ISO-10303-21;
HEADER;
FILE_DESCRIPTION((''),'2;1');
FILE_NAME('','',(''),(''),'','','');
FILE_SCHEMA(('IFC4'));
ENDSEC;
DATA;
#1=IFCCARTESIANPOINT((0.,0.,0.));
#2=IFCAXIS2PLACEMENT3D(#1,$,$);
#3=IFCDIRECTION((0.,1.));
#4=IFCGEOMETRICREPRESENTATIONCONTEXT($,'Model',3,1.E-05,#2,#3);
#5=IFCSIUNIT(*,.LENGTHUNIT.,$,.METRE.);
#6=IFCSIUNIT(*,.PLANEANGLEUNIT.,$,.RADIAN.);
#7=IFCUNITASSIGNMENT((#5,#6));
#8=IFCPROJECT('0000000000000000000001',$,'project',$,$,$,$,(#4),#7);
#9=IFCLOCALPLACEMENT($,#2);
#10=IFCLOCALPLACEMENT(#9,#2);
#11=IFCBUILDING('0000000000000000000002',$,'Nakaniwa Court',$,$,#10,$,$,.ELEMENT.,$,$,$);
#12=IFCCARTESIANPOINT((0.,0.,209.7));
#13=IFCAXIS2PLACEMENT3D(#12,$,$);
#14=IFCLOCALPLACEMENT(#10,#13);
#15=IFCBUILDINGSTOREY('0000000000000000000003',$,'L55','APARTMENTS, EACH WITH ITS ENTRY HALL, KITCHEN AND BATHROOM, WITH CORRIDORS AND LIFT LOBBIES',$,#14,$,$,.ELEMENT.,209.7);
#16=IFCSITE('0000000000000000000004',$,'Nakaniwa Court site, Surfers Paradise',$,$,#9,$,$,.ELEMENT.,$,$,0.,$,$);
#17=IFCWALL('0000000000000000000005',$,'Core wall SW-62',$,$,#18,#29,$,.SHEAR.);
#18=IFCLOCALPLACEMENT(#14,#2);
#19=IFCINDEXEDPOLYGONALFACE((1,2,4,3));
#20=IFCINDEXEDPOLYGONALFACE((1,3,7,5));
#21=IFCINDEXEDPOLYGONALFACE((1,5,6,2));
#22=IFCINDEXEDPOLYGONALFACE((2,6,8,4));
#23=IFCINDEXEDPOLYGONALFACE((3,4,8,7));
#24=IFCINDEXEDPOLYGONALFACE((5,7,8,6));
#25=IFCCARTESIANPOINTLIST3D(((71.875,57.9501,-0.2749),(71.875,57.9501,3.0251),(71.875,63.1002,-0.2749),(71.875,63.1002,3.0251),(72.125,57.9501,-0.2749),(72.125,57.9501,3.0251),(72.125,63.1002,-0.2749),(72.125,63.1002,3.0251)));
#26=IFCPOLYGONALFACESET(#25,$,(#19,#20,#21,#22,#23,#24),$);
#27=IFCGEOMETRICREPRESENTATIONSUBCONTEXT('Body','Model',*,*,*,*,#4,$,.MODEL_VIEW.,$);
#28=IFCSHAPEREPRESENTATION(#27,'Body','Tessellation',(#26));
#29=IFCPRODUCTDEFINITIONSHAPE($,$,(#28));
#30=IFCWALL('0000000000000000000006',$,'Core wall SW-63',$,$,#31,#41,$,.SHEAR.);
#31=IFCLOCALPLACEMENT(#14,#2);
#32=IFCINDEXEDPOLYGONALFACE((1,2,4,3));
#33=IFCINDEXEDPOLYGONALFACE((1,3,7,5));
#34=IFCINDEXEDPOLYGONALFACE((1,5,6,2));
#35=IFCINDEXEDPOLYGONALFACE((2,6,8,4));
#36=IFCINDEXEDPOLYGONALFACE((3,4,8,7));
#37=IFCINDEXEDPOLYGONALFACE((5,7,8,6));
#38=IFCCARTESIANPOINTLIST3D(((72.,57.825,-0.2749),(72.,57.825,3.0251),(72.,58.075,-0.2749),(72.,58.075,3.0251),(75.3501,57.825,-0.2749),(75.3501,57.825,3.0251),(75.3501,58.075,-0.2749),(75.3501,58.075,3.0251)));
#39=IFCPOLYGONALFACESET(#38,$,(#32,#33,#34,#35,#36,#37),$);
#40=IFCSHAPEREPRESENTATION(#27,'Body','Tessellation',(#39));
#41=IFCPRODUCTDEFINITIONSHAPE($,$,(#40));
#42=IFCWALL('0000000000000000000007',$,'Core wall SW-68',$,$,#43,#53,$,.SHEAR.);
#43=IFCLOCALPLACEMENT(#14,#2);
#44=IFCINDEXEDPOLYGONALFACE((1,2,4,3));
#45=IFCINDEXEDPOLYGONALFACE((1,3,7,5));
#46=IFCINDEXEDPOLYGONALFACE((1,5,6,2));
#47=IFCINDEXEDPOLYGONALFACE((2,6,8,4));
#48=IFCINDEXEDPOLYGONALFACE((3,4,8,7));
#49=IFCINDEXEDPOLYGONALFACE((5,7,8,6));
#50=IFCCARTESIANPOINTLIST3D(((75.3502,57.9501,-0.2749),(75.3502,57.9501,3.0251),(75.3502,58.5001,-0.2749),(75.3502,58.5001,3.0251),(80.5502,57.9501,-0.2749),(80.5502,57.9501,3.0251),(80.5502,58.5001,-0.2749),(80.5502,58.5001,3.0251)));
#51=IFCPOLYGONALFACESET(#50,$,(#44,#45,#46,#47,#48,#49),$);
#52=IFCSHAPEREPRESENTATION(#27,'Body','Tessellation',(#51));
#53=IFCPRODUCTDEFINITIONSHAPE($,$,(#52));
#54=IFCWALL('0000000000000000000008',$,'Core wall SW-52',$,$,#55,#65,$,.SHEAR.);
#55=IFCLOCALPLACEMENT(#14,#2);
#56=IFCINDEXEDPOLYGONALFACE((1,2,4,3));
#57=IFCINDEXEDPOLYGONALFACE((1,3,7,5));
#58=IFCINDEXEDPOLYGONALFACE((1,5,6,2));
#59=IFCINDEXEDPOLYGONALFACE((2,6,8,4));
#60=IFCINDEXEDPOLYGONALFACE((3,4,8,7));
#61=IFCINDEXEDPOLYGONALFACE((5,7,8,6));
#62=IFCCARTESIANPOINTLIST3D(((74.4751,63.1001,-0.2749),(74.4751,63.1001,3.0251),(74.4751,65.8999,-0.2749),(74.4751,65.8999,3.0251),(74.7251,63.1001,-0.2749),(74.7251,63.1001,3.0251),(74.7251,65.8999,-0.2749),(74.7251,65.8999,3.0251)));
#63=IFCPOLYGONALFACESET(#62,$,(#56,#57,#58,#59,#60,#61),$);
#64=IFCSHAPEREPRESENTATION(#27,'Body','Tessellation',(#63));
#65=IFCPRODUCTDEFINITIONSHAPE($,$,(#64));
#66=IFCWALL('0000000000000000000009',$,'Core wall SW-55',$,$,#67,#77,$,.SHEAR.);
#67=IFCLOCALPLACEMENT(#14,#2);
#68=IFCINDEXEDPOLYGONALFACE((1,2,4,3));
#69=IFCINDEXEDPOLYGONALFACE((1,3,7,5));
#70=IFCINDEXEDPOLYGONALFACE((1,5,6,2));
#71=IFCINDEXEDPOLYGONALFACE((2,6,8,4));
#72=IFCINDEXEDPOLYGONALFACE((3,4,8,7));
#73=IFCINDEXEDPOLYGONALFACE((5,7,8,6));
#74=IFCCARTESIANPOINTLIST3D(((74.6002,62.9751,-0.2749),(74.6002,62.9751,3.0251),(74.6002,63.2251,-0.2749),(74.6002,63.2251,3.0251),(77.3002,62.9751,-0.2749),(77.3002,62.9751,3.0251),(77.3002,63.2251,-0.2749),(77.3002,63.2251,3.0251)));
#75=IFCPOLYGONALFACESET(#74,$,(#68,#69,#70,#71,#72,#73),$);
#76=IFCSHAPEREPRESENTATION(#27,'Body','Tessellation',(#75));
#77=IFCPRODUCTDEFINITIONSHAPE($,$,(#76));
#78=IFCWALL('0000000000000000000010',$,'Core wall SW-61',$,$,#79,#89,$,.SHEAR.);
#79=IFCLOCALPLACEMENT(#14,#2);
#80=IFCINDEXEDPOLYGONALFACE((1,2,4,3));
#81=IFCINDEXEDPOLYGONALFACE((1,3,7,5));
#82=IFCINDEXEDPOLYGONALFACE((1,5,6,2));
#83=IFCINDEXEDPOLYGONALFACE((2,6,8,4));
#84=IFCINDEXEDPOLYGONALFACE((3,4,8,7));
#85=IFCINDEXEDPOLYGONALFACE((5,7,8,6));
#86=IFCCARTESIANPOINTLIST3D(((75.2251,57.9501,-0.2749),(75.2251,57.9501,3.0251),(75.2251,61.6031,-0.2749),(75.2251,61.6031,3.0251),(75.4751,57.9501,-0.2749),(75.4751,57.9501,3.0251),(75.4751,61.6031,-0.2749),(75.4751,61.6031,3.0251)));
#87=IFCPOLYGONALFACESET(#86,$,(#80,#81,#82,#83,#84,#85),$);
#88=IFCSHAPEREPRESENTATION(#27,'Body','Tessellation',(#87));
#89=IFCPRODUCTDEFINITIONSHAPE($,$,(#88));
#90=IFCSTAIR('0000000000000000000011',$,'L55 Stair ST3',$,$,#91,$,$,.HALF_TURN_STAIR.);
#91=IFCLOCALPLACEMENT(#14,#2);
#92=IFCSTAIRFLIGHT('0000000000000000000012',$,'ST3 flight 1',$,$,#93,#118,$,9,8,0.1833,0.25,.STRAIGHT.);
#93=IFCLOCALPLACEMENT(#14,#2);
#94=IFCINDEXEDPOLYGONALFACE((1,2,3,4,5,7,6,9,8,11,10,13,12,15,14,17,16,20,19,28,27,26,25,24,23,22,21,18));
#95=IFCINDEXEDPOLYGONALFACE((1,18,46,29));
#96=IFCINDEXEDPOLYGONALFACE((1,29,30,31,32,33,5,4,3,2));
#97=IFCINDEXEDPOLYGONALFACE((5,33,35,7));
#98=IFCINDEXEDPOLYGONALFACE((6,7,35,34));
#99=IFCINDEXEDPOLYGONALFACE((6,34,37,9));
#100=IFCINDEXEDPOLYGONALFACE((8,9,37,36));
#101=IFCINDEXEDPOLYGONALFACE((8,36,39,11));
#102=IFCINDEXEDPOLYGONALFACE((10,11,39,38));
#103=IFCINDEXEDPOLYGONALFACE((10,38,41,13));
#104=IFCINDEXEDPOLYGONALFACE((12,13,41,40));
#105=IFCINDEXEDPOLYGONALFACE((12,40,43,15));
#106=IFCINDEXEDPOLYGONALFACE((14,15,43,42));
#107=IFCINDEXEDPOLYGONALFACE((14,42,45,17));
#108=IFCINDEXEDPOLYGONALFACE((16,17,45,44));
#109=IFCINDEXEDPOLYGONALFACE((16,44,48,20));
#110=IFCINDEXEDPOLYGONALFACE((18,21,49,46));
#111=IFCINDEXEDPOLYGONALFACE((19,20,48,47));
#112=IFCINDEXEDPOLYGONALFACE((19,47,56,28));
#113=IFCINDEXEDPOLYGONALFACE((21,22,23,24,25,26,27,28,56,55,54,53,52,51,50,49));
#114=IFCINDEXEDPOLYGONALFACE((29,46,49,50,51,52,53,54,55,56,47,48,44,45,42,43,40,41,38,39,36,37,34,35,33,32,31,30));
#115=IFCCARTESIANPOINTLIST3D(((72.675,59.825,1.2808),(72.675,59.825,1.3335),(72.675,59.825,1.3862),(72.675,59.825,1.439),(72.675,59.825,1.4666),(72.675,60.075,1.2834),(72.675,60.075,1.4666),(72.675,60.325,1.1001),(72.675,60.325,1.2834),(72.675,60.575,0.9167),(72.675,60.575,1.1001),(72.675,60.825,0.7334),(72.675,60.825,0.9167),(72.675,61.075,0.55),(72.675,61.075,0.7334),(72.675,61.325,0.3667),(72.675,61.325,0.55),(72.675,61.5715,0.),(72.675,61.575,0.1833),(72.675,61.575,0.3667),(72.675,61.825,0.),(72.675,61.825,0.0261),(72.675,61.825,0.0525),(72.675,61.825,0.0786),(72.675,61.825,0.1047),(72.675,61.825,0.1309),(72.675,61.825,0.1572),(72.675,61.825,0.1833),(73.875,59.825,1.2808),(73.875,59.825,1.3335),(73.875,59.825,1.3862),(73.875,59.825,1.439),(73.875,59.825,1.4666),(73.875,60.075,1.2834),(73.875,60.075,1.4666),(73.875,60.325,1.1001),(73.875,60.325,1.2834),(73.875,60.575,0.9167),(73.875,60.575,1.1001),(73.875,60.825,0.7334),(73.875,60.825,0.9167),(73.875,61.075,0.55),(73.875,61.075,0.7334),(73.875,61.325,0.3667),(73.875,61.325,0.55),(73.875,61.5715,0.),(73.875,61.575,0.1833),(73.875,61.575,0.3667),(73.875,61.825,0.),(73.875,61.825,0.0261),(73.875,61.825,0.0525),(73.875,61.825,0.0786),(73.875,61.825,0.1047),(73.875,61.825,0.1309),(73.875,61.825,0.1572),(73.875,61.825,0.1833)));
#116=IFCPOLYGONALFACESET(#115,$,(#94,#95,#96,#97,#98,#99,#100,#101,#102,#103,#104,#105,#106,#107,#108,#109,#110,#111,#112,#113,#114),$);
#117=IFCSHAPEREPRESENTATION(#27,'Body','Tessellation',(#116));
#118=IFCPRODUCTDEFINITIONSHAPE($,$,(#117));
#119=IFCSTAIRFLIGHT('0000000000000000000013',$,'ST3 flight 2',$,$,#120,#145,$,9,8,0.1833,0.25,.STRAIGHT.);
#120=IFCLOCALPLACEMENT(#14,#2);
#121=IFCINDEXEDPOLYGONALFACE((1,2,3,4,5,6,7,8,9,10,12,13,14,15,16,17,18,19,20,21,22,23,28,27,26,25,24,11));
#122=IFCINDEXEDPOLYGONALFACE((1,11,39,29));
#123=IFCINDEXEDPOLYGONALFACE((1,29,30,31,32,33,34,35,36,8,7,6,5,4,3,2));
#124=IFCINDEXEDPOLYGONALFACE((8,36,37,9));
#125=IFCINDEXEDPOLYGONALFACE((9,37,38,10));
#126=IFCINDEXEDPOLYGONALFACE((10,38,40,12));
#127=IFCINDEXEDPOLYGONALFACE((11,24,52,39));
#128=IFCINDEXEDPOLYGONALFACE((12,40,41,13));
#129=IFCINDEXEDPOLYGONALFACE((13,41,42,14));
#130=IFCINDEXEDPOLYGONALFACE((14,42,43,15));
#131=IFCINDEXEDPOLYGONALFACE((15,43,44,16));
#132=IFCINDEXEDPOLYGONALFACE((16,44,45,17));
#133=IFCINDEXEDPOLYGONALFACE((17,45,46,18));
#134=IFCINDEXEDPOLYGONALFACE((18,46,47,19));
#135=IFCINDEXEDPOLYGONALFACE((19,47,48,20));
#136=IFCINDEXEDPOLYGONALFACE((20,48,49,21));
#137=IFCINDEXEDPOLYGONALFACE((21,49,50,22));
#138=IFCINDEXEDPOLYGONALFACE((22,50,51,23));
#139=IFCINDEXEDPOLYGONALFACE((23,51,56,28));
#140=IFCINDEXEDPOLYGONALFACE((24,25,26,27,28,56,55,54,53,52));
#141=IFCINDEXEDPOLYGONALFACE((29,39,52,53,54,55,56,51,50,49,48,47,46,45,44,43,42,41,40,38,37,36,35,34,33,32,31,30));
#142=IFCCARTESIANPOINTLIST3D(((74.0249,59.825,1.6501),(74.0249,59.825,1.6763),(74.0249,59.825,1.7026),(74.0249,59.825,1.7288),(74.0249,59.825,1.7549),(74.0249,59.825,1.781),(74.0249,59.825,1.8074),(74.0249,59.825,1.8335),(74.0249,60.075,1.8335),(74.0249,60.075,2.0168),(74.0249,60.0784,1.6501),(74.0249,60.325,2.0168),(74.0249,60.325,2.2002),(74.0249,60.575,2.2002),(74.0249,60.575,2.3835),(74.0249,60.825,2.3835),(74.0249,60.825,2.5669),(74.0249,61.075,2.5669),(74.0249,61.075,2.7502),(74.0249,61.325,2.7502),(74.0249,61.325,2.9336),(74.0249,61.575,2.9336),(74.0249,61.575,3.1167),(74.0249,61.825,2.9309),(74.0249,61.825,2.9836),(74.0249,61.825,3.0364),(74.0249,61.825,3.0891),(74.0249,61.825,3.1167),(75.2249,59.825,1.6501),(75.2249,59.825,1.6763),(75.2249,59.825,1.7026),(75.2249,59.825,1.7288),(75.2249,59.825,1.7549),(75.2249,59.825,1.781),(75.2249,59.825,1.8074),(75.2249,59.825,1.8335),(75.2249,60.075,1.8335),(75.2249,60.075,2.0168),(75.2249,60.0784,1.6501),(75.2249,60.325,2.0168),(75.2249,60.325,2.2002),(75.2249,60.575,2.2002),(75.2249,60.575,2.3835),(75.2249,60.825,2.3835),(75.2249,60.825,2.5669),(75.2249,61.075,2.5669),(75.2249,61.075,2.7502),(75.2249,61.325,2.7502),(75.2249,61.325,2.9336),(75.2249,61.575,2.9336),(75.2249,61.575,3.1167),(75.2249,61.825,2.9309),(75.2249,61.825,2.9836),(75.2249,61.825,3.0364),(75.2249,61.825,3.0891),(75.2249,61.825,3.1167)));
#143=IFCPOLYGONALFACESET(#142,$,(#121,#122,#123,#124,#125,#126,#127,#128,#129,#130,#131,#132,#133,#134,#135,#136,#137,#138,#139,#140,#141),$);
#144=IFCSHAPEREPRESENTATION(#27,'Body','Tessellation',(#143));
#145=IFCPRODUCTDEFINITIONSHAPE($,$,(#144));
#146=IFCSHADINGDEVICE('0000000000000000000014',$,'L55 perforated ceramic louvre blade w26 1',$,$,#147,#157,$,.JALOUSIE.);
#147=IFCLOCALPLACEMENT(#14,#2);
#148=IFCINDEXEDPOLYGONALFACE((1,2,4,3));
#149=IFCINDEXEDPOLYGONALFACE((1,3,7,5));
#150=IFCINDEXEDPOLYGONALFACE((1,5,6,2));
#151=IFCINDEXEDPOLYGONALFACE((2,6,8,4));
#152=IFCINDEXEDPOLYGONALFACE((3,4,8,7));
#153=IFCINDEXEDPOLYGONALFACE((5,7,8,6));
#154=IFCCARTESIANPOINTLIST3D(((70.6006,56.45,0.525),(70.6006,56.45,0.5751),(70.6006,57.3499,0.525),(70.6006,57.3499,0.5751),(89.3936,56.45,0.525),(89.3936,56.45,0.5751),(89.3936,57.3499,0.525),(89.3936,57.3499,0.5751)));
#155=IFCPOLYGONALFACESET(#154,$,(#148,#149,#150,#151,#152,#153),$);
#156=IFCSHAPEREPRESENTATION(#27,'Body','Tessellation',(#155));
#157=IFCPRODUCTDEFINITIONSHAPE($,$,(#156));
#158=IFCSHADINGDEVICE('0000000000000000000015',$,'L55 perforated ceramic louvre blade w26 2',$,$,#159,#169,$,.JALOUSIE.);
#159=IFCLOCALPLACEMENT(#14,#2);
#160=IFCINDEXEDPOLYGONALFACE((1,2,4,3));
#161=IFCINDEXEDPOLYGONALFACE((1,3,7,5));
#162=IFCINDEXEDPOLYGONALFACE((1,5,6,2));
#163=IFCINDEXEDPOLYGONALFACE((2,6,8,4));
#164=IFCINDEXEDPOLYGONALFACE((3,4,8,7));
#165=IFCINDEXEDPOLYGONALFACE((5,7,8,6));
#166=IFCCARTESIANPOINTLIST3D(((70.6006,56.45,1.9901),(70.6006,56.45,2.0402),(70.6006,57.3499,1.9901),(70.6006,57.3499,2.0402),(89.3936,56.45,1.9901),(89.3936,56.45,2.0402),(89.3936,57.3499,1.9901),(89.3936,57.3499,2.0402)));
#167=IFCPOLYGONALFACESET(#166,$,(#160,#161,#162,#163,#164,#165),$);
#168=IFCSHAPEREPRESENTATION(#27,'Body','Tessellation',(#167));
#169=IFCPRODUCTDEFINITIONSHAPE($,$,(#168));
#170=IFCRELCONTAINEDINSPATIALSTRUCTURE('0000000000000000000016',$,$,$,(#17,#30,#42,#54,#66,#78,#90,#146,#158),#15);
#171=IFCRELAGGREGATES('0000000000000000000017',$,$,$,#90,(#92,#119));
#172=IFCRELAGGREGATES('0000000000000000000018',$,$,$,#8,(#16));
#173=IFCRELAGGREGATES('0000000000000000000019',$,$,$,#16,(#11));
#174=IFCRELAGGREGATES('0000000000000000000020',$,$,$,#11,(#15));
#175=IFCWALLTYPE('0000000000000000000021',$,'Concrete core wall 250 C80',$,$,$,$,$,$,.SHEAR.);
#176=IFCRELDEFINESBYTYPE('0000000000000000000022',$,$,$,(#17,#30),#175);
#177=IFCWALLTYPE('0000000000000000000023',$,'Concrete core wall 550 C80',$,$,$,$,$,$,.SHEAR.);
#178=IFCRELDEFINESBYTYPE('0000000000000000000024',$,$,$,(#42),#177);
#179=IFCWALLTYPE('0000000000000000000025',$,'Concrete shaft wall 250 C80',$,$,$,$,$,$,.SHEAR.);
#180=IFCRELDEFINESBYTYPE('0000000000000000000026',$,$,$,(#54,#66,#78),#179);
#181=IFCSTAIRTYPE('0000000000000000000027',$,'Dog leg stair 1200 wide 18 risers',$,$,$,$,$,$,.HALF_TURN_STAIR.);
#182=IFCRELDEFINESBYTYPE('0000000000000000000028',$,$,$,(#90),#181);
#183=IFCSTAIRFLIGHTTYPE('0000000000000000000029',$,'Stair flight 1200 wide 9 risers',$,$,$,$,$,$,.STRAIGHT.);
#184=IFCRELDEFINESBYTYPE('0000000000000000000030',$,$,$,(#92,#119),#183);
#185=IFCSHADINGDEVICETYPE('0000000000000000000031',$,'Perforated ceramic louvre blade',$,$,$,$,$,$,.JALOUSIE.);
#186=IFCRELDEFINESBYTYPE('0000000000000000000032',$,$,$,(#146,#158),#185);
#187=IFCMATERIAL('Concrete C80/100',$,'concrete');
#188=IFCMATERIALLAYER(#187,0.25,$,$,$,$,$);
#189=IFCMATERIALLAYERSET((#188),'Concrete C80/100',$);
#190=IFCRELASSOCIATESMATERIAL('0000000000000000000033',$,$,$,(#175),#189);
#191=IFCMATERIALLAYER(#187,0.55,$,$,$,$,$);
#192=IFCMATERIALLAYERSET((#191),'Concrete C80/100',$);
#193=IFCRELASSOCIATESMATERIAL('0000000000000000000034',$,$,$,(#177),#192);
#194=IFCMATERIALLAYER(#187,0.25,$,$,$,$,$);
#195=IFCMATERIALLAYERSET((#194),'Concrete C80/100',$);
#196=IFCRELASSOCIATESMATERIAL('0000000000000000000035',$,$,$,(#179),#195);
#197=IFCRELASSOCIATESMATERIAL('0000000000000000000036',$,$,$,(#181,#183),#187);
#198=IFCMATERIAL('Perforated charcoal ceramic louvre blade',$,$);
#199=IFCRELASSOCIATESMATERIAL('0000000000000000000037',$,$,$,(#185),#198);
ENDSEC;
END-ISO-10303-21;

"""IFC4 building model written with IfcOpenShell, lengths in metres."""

from ifc_helpers import new_model, si_unit, direction, frame, frame_2d, origin, origin_2d, place, context, subcontext, project, spatial, polyline, rectangle, outline, extrude, material, layer, layer_set, material_profile, profile_set, type_object, element, aggregate, save


model = new_model("IFC4")

# Units and contexts
model_context = context("Model", 3, precision=1e-05, world=origin(), true_north=direction((0.0, 1.0)))
body_context = subcontext(model_context, "Body", "Model", "MODEL_VIEW")
ifc_project = project(units=[si_unit("LENGTHUNIT", "METRE"), si_unit("PLANEANGLEUNIT", "RADIAN")], contexts=[model_context])

# Site, building, storey
site_placement = place(None, origin())
site = spatial("IfcSite", under=ifc_project, at=site_placement, Name="Nakaniwa Court site, Surfers Paradise", CompositionType="ELEMENT", RefElevation=0.0)
building_placement = place(site_placement, origin())
building = spatial("IfcBuilding", under=site, at=building_placement, Name="Nakaniwa Court", CompositionType="ELEMENT")
storey_placement = place(building_placement, frame((0.0, 0.0, 209.7)))
storey = spatial("IfcBuildingStorey", under=building, at=storey_placement, Name="L55", Description="APARTMENTS, EACH WITH ITS ENTRY HALL, KITCHEN AND BATHROOM, WITH CORRIDORS AND LIFT LOBBIES", CompositionType="ELEMENT", Elevation=209.7)

# Shared definitions
ifc_material_1 = material(Name="Concrete C80/100", Category="concrete")

# Walls
ifc_layer_1 = layer(ifc_material_1, 0.25)
ifc_layer_set_1 = layer_set([ifc_layer_1], Name="Concrete C80/100")
wall_type_1 = type_object("IfcWallType", Name="Concrete core wall 250 C80", PredefinedType="SHEAR", material=ifc_layer_set_1)
wall_1_placement = place(storey_placement, frame((72.0, 57.95, -0.2749), z_axis=(0.0, 0.0, 1.0), x_axis=(0.0, 1.0, 0.0)))
element("IfcWall", 1, at=wall_1_placement, inside=storey, type_object=wall_type_1, Name="Core wall SW-62", PredefinedType="SHEAR", context=body_context, shape_type="SweptSolid", body=[
    extrude(rectangle(XDim=5.1501, YDim=0.25, at=frame_2d((2.5752, 0.0))), origin(), (0.0, 0.0, 1.0), 3.3),
])
wall_2_placement = place(storey_placement, frame((72.0, 57.95, -0.2749), z_axis=(0.0, 0.0, 1.0), x_axis=(1.0, 0.0, 0.0)))
element("IfcWall", 2, at=wall_2_placement, inside=storey, type_object=wall_type_1, Name="Core wall SW-63", PredefinedType="SHEAR", context=body_context, shape_type="SweptSolid", body=[
    extrude(rectangle(XDim=3.3501, YDim=0.25, at=frame_2d((1.675, 0.0))), origin(), (0.0, 0.0, 1.0), 3.3),
])
ifc_layer_2 = layer(ifc_material_1, 0.55)
ifc_layer_set_2 = layer_set([ifc_layer_2], Name="Concrete C80/100")
wall_type_2 = type_object("IfcWallType", Name="Concrete core wall 550 C80", PredefinedType="SHEAR", material=ifc_layer_set_2)
wall_3_placement = place(storey_placement, frame((75.3501, 58.2251, -0.2749), z_axis=(0.0, 0.0, 1.0), x_axis=(1.0, 0.0, 0.0)))
element("IfcWall", 3, at=wall_3_placement, inside=storey, type_object=wall_type_2, Name="Core wall SW-68", PredefinedType="SHEAR", context=body_context, shape_type="SweptSolid", body=[
    extrude(rectangle(XDim=5.2, YDim=0.55, at=frame_2d((2.6001, 0.0))), origin(), (0.0, 0.0, 1.0), 3.3),
])
ifc_layer_3 = layer(ifc_material_1, 0.25)
ifc_layer_set_3 = layer_set([ifc_layer_3], Name="Concrete C80/100")
wall_type_3 = type_object("IfcWallType", Name="Concrete shaft wall 250 C80", PredefinedType="SHEAR", material=ifc_layer_set_3)
wall_4_placement = place(storey_placement, frame((74.6001, 63.1001, -0.2749), z_axis=(0.0, 0.0, 1.0), x_axis=(0.0, 1.0, 0.0)))
element("IfcWall", 4, at=wall_4_placement, inside=storey, type_object=wall_type_3, Name="Core wall SW-52", PredefinedType="SHEAR", context=body_context, shape_type="SweptSolid", body=[
    extrude(rectangle(XDim=2.7998, YDim=0.25, at=frame_2d((1.3999, 0.0))), origin(), (0.0, 0.0, 1.0), 3.3),
])
wall_5_placement = place(storey_placement, frame((74.6001, 63.1001, -0.2749), z_axis=(0.0, 0.0, 1.0), x_axis=(1.0, 0.0, 0.0)))
element("IfcWall", 5, at=wall_5_placement, inside=storey, type_object=wall_type_3, Name="Core wall SW-55", PredefinedType="SHEAR", context=body_context, shape_type="SweptSolid", body=[
    extrude(rectangle(XDim=2.7, YDim=0.25, at=frame_2d((1.3501, 0.0))), origin(), (0.0, 0.0, 1.0), 3.3),
])
wall_6_placement = place(storey_placement, frame((75.3501, 57.95, -0.2749), z_axis=(0.0, 0.0, 1.0), x_axis=(0.0, 1.0, 0.0)))
element("IfcWall", 6, at=wall_6_placement, inside=storey, type_object=wall_type_3, Name="Core wall SW-61", PredefinedType="SHEAR", context=body_context, shape_type="SweptSolid", body=[
    extrude(rectangle(XDim=3.6531, YDim=0.25, at=frame_2d((1.8267, 0.0))), origin(), (0.0, 0.0, 1.0), 3.3),
])

# Stair, stair flights
stair_type = type_object("IfcStairType", Name="Dog leg stair 1200 wide 18 risers", PredefinedType="HALF_TURN_STAIR", material=ifc_material_1)
stair_placement = place(storey_placement, origin())
stair = element("IfcStair", 7, at=stair_placement, inside=storey, type_object=stair_type, Name="L55 Stair ST3", PredefinedType="HALF_TURN_STAIR")
stair_flight_type = type_object("IfcStairFlightType", Name="Stair flight 1200 wide 9 risers", PredefinedType="STRAIGHT", material=ifc_material_1)
stair_flight_1_placement = place(storey_placement, frame((73.2749, 61.825, 0.0), z_axis=(0.0, 0.0, 1.0), x_axis=(0.0, -1.0, 0.0)))
stair_flight_1 = element("IfcStairFlight", 8, at=stair_flight_1_placement, type_object=stair_flight_type, Name="ST3 flight 1", NumberOfRisers=9, NumberOfTreads=8, PredefinedType="STRAIGHT", RiserHeight=0.1833, TreadLength=0.25, context=body_context, shape_type="SweptSolid", body=[
    extrude(outline(polyline([(0.0, 0.0), (0.0, 0.0261), (0.0, 0.0525), (0.0, 0.0786), (0.0, 0.1047), (0.0, 0.1309), (0.0, 0.1572), (0.0, 0.1833), (0.25, 0.1833), (0.25, 0.3667), (0.5, 0.3667), (0.5, 0.55), (0.75, 0.55), (0.75, 0.7334), (1.0, 0.7334), (1.0, 0.9167), (1.25, 0.9167), (1.25, 1.1001), (1.5, 1.1001), (1.5, 1.2834), (1.75, 1.2834), (1.75, 1.4666), (2.0, 1.4666), (2.0, 1.6499), (2.0, 1.5972), (2.0, 1.5444), (2.0, 1.4917), (2.0, 1.439), (2.0, 1.3862), (2.0, 1.3335), (2.0, 1.2808), (0.2534, 0.0), (0.0, 0.0)])), frame((0.0, 0.6001, 0.0), z_axis=(0.0, -1.0, 0.0), x_axis=(1.0, 0.0, 0.0)), (0.0, 0.0, 1.0), 1.2),
])
stair_flight_2_placement = place(storey_placement, frame((74.625, 59.825, 1.6501), z_axis=(0.0, 0.0, 1.0), x_axis=(0.0, 1.0, 0.0)))
stair_flight_2 = element("IfcStairFlight", 9, at=stair_flight_2_placement, type_object=stair_flight_type, Name="ST3 flight 2", NumberOfRisers=9, NumberOfTreads=8, PredefinedType="STRAIGHT", RiserHeight=0.1833, TreadLength=0.25, context=body_context, shape_type="SweptSolid", body=[
    extrude(outline(polyline([(0.0, 0.0), (0.0, 0.0261), (0.0, 0.0525), (0.0, 0.0786), (0.0, 0.1047), (0.0, 0.1309), (0.0, 0.1572), (0.0, 0.1833), (0.25, 0.1833), (0.25, 0.3667), (0.5, 0.3667), (0.5, 0.55), (0.75, 0.55), (0.75, 0.7334), (1.0, 0.7334), (1.0, 0.9167), (1.25, 0.9167), (1.25, 1.1001), (1.5, 1.1001), (1.5, 1.2834), (1.75, 1.2834), (1.75, 1.4666), (2.0, 1.4666), (2.0, 1.6499), (2.0, 1.5972), (2.0, 1.5444), (2.0, 1.4917), (2.0, 1.439), (2.0, 1.3862), (2.0, 1.3335), (2.0, 1.2808), (0.2534, 0.0), (0.0, 0.0)])), frame((0.0, 0.6001, 0.0), z_axis=(0.0, -1.0, 0.0), x_axis=(1.0, 0.0, 0.0)), (0.0, 0.0, 1.0), 1.2),
])
aggregate(stair, [stair_flight_1, stair_flight_2])

# Shading devices
ifc_material_2 = material(Name="Perforated charcoal ceramic louvre blade")
ifc_material_profile_1 = material_profile(ifc_material_2, rectangle(XDim=0.8999, YDim=0.05, at=origin_2d()), Name="Perforated ceramic louvre blade")
ifc_profile_set_1 = profile_set([ifc_material_profile_1], Name="Perforated charcoal ceramic louvre blade")
shading_device_type = type_object("IfcShadingDeviceType", Name="Perforated ceramic louvre blade", PredefinedType="JALOUSIE", material=ifc_profile_set_1)
for number, where, z_axis, x_axis, name in (
    (10, (70.6006, 56.8999, 0.55), (1.0, 0.0, 0.0), (0.0, 1.0, 0.0), "L55 perforated ceramic louvre blade w26 1"),
    (11, (70.6006, 56.8999, 2.0151), (1.0, 0.0, 0.0), (0.0, 1.0, 0.0), "L55 perforated ceramic louvre blade w26 2"),
):
    element("IfcShadingDevice", number, at=place(storey_placement, frame(where, z_axis=z_axis, x_axis=x_axis)), inside=storey, type_object=shading_device_type, Name=name, PredefinedType="JALOUSIE", context=body_context, shape_type="SweptSolid", body=[
        extrude(rectangle(XDim=0.8999, YDim=0.05, at=origin_2d()), origin(), (0.0, 0.0, 1.0), 18.793),
    ])

save(model, "model.ifc")
